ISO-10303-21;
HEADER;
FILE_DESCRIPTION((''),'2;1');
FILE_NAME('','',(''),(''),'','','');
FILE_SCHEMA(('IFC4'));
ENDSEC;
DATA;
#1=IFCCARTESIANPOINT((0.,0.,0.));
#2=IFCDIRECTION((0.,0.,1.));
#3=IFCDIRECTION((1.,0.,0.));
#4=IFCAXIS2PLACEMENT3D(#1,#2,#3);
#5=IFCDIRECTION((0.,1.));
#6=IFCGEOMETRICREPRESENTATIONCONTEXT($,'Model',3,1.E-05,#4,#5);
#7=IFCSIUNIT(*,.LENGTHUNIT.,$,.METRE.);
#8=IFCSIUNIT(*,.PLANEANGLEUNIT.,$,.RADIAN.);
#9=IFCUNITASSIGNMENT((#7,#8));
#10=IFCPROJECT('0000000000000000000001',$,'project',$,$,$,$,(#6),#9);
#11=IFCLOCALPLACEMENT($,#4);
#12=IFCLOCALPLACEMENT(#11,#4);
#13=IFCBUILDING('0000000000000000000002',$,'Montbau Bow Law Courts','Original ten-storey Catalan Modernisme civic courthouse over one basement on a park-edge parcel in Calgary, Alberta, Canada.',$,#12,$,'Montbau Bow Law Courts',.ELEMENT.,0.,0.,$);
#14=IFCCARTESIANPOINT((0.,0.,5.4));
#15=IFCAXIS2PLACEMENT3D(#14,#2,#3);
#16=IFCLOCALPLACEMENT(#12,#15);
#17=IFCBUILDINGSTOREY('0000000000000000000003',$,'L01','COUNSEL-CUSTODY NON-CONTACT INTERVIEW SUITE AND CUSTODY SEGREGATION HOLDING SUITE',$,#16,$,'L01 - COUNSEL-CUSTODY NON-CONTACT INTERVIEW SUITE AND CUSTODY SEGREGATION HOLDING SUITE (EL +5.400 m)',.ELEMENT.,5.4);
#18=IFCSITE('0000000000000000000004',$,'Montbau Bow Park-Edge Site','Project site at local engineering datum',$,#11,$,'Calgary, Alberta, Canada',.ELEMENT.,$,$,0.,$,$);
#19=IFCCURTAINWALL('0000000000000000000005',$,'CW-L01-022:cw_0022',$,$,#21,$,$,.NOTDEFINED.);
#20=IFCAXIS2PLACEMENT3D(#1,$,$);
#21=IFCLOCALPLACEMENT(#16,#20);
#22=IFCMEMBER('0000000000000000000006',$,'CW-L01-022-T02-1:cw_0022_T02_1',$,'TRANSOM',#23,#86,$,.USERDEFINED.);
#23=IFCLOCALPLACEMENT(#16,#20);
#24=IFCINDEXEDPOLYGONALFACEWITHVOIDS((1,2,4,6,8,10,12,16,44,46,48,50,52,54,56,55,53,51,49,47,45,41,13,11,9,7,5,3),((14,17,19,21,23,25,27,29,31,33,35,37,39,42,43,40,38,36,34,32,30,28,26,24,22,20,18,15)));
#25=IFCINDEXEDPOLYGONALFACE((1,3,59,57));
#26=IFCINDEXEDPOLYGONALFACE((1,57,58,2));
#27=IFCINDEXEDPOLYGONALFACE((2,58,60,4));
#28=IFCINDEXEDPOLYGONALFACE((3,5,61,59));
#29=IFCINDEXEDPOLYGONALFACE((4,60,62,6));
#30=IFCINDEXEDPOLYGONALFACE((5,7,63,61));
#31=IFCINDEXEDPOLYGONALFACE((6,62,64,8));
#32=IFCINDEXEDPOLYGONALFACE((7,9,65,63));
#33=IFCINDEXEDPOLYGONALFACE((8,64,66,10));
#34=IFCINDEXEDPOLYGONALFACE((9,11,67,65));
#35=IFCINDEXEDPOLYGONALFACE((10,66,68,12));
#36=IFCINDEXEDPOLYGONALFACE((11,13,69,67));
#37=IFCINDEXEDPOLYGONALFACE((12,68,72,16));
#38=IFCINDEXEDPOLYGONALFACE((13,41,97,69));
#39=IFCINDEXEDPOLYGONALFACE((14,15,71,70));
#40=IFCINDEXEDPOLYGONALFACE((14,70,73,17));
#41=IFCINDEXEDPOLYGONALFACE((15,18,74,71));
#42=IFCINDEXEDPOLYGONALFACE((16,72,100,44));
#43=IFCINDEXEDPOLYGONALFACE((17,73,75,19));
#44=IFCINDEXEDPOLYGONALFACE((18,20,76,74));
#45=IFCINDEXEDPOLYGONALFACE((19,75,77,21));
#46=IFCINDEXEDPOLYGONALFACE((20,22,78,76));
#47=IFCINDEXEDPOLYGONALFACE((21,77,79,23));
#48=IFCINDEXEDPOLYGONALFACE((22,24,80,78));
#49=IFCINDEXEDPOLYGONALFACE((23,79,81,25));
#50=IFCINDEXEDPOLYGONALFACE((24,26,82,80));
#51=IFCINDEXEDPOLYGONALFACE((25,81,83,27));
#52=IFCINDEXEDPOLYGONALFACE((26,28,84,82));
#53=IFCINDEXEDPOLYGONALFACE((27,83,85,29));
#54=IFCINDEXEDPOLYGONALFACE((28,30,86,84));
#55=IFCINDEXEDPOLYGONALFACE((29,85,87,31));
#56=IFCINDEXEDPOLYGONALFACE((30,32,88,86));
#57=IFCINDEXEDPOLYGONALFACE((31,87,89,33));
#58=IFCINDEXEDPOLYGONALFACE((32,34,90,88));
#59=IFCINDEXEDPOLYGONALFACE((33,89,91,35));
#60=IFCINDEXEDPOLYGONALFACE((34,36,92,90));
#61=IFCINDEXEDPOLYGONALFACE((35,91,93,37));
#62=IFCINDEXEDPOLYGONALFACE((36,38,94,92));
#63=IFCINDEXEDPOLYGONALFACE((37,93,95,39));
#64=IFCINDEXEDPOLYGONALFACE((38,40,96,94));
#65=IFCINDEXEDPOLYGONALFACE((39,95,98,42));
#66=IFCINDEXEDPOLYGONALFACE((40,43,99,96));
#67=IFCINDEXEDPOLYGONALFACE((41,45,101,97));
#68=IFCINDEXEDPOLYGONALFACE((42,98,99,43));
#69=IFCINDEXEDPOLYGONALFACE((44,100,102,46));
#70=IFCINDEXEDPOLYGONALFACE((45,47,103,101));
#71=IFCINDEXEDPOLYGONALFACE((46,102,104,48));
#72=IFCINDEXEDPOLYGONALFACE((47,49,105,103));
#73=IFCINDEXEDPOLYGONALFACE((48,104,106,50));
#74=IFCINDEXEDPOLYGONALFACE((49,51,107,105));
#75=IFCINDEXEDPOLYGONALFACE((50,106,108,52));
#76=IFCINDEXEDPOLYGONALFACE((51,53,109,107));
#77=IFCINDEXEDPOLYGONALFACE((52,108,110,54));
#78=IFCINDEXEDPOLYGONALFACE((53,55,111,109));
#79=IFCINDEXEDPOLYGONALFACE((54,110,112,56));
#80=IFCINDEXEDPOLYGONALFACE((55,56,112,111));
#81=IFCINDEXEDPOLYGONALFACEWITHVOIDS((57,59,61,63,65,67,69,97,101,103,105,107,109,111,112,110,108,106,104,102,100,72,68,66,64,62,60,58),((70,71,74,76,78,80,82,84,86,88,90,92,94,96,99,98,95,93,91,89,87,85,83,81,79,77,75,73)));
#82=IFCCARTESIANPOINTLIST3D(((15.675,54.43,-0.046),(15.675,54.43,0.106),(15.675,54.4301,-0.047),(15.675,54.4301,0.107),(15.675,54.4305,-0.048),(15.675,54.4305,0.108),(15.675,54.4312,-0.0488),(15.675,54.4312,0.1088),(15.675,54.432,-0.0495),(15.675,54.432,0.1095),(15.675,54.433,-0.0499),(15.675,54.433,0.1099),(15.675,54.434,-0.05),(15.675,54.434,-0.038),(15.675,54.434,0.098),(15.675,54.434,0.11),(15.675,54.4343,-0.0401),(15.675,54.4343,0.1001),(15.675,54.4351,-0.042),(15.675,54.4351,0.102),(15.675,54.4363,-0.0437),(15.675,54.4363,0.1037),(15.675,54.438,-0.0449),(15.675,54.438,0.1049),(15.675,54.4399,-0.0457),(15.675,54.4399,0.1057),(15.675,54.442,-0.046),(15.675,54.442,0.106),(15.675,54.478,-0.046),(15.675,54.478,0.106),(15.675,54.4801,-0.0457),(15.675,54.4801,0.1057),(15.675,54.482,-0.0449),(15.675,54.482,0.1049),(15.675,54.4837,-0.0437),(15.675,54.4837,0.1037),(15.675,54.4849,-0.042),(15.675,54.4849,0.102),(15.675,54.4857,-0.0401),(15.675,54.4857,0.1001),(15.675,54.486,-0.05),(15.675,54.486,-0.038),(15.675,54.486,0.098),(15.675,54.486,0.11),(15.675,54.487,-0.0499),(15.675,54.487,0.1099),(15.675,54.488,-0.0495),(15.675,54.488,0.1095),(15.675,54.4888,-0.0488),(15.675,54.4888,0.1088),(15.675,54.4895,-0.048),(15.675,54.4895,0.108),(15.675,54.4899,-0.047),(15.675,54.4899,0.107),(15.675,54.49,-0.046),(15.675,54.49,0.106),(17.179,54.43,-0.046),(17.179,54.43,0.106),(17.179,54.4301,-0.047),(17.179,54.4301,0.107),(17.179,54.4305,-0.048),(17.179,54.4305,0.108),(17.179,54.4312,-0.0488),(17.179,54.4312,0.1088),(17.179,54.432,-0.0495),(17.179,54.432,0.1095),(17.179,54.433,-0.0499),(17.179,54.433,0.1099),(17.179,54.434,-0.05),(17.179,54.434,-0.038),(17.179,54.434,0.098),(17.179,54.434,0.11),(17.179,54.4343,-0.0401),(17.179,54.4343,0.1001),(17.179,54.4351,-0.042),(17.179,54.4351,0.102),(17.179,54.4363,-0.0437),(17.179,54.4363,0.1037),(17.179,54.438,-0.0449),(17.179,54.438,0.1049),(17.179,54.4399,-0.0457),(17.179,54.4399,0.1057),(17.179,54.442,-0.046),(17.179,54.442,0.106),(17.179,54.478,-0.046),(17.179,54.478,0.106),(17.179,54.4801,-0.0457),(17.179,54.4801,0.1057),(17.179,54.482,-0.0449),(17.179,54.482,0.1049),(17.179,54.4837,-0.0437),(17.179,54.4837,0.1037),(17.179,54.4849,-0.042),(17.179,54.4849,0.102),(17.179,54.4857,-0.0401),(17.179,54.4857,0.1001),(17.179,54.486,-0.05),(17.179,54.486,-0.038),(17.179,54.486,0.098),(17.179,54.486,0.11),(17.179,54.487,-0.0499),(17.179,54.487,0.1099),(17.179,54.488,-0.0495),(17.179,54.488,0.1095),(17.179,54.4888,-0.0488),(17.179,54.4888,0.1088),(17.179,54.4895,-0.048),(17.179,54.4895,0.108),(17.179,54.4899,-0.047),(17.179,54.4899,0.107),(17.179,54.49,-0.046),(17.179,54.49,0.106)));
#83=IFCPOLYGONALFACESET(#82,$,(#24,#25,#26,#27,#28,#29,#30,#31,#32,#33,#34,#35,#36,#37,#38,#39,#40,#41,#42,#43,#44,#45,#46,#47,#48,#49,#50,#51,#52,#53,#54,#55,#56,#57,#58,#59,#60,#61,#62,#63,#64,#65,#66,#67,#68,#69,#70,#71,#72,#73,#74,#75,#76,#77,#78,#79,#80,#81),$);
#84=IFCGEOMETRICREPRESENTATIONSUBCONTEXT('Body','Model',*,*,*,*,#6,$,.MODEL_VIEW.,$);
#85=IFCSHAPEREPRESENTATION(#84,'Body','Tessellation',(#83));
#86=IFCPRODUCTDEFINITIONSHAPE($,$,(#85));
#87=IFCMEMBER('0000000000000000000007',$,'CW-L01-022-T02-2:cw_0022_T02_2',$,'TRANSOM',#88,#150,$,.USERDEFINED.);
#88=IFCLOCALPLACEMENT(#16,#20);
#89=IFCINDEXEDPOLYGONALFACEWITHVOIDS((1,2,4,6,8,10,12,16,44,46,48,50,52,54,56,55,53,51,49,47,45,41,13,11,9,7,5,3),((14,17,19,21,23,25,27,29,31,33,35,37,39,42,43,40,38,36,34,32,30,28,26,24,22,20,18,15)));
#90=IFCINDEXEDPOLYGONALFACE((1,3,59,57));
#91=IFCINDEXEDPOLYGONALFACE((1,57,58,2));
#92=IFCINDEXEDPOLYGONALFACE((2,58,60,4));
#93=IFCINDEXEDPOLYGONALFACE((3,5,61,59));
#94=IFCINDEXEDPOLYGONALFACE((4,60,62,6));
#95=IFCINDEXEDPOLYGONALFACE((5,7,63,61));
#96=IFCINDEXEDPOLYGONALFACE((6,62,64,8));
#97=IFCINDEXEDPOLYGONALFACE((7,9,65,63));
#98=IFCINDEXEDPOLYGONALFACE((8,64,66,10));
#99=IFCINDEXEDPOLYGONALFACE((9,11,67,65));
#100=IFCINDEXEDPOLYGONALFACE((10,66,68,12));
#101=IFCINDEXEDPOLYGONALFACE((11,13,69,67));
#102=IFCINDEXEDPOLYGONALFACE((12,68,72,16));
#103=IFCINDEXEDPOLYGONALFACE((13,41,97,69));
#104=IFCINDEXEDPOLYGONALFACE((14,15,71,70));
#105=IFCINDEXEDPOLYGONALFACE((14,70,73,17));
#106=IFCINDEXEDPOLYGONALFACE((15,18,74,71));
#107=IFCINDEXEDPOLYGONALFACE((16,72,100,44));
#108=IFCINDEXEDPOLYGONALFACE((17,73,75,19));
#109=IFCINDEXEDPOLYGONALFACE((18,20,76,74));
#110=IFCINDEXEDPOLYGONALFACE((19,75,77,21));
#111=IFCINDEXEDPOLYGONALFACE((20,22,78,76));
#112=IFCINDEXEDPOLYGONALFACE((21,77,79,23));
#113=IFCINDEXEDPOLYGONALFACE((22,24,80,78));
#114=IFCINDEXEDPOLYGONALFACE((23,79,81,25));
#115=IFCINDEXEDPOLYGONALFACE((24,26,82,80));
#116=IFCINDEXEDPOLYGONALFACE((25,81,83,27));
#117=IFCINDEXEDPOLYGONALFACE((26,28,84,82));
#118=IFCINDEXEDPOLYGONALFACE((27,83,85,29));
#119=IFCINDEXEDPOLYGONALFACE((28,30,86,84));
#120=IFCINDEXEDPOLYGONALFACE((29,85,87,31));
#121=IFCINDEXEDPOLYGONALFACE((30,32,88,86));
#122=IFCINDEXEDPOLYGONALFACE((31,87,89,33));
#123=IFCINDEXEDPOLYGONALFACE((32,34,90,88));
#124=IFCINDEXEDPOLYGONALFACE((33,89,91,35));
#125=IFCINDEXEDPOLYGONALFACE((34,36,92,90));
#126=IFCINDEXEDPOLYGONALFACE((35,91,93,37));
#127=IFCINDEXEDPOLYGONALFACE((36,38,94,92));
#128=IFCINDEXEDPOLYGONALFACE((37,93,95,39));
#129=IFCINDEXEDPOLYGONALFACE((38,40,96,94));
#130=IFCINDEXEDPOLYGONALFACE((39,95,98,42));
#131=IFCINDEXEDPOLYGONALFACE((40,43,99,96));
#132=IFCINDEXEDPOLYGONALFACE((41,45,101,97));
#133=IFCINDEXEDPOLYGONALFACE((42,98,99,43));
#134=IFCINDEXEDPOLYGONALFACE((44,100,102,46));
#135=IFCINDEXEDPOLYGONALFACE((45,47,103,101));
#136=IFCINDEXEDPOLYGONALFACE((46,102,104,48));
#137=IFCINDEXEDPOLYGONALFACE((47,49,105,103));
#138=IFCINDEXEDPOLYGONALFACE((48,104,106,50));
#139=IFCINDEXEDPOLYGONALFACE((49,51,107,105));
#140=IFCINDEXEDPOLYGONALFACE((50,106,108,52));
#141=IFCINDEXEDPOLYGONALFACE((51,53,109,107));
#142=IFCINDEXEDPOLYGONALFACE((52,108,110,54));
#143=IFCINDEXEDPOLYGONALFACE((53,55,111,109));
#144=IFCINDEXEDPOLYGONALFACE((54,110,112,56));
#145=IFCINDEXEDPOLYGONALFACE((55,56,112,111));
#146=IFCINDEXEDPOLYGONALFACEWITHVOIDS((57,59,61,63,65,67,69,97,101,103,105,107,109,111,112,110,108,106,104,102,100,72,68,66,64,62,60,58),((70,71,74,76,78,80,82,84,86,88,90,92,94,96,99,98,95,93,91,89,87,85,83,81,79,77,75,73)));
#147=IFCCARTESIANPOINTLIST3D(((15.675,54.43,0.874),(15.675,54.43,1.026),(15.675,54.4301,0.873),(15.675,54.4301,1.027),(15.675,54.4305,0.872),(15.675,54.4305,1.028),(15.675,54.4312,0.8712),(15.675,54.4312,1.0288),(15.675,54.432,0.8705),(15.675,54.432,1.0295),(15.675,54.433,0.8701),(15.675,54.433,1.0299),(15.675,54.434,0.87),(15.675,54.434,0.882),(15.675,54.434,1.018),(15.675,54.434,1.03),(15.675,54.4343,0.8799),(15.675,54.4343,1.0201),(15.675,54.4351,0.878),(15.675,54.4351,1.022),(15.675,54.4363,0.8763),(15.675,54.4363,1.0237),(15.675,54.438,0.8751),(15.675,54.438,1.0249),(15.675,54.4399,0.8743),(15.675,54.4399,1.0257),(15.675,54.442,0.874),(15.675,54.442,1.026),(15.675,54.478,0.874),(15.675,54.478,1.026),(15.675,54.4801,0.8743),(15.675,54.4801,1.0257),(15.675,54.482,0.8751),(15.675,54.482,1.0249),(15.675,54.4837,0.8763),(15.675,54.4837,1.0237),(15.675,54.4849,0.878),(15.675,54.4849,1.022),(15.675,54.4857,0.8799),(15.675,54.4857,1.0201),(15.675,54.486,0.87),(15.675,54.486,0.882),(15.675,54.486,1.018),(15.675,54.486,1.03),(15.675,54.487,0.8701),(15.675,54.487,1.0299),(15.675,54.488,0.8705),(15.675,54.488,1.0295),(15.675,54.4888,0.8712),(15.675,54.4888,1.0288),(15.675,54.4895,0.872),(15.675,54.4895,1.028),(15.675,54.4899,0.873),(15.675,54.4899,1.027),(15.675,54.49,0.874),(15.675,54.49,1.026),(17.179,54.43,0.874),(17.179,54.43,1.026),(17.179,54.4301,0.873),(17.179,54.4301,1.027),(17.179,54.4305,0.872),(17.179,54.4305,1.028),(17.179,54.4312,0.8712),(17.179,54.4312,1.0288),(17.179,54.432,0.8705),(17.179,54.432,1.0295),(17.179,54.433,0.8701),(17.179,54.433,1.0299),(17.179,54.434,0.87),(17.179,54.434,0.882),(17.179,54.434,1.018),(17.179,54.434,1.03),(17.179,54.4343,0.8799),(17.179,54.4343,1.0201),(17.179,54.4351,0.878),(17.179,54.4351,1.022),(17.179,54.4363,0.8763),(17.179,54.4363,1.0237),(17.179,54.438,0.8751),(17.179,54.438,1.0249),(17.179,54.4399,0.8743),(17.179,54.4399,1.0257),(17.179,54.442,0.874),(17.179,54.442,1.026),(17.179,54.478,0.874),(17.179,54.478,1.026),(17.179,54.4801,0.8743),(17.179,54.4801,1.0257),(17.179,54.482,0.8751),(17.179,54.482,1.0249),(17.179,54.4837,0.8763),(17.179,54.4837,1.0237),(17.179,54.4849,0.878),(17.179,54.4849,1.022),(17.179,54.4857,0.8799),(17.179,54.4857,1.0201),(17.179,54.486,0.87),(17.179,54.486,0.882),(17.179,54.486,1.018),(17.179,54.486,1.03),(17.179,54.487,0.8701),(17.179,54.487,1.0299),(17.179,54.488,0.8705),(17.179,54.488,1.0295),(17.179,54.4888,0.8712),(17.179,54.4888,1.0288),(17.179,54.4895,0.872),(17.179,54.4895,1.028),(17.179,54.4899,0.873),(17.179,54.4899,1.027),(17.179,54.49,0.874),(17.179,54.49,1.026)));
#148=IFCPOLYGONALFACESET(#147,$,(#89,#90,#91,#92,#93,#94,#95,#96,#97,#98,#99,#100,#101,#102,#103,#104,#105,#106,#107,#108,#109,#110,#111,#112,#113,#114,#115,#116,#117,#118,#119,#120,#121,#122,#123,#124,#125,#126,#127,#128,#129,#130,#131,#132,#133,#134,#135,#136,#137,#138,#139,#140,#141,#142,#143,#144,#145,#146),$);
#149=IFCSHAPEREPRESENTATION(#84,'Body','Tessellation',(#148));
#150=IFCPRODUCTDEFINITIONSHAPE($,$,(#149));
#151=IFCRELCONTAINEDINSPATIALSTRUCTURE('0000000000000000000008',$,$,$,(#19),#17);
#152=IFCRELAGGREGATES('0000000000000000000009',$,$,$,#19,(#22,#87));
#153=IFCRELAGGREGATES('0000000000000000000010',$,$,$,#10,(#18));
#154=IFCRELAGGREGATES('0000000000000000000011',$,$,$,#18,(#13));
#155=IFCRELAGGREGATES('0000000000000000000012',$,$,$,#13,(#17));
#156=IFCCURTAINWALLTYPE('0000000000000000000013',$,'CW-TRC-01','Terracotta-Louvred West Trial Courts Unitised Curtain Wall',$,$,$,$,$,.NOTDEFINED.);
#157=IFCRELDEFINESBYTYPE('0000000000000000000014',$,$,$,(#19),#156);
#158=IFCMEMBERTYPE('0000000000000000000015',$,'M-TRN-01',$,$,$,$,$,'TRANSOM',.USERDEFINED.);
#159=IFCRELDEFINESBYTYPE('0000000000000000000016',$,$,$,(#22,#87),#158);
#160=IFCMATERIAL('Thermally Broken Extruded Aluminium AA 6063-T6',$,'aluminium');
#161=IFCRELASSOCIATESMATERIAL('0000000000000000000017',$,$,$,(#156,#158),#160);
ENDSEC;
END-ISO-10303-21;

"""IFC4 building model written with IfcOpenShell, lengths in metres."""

from ifc_helpers import new_model, si_unit, direction, frame, origin_with_axes, origin_2d_with_axis, place, context, subcontext, project, spatial, hollow_rectangle, extrude, material, material_profile, profile_set, type_object, element, aggregate, save


model = new_model("IFC4")

# Units and contexts
model_context = context("Model", 3, precision=1e-05, world=origin_with_axes(), true_north=direction((0.0, 1.0)))
body_context = subcontext(model_context, "Body", "Model", "MODEL_VIEW")
ifc_project = project(units=[si_unit("LENGTHUNIT", "METRE"), si_unit("PLANEANGLEUNIT", "RADIAN")], contexts=[model_context])

# Site, building, storey
site_placement = place(None, origin_with_axes())
site = spatial("IfcSite", under=ifc_project, at=site_placement, Name="Montbau Bow Park-Edge Site", Description="Project site at local engineering datum", LongName="Calgary, Alberta, Canada", CompositionType="ELEMENT", RefElevation=0.0)
building_placement = place(site_placement, origin_with_axes())
building = spatial("IfcBuilding", under=site, at=building_placement, Name="Montbau Bow Law Courts", Description="Original ten-storey Catalan Modernisme civic courthouse over one basement on a park-edge parcel in Calgary, Alberta, Canada.", LongName="Montbau Bow Law Courts", CompositionType="ELEMENT", ElevationOfRefHeight=0.0, ElevationOfTerrain=0.0)
storey_placement = place(building_placement, frame((0.0, 0.0, 5.4), z_axis=(0.0, 0.0, 1.0), x_axis=(1.0, 0.0, 0.0)))
storey = spatial("IfcBuildingStorey", under=building, at=storey_placement, Name="L01", Description="COUNSEL-CUSTODY NON-CONTACT INTERVIEW SUITE AND CUSTODY SEGREGATION HOLDING SUITE", LongName="L01 - COUNSEL-CUSTODY NON-CONTACT INTERVIEW SUITE AND CUSTODY SEGREGATION HOLDING SUITE (EL +5.400 m)", CompositionType="ELEMENT", Elevation=5.4)

# Curtain wall, members
ifc_material_1 = material(Name="Thermally Broken Extruded Aluminium AA 6063-T6", Category="aluminium")
curtain_wall_type = type_object("IfcCurtainWallType", Name="CW-TRC-01", Description="Terracotta-Louvred West Trial Courts Unitised Curtain Wall", PredefinedType="NOTDEFINED", material=ifc_material_1)
curtain_wall_placement = place(None, frame((14.068, 54.46, 5.4), z_axis=(0.0, 0.0, 1.0), x_axis=(1.0, 0.0, 0.0)))
curtain_wall = element("IfcCurtainWall", 1, at=curtain_wall_placement, inside=storey, type_object=curtain_wall_type, Name="CW-L01-022:cw_0022", PredefinedType="NOTDEFINED")
ifc_material_profile_1 = material_profile(ifc_material_1, hollow_rectangle(XDim=0.06, YDim=0.16, WallThickness=0.004, InnerFilletRadius=0.008, OuterFilletRadius=0.004, at=origin_2d_with_axis()), Name="CWT-160X60", Category="Main", Priority=0)
ifc_profile_set_1 = profile_set([ifc_material_profile_1], Name="Thermally Broken Extruded Aluminium AA 6063-T6")
member_type_1 = type_object("IfcMemberType", Name="M-TRN-01", ElementType="TRANSOM", PredefinedType="USERDEFINED", material=ifc_profile_set_1)
member_1_placement = place(None, frame((15.675, 54.46, 5.43), z_axis=(1.0, 0.0, 0.0), x_axis=(0.0, 1.0, 0.0)))
member_1 = element("IfcMember", 2, at=member_1_placement, type_object=member_type_1, Name="CW-L01-022-T02-1:cw_0022_T02_1", ObjectType="TRANSOM", PredefinedType="USERDEFINED", context=body_context, shape_type="SweptSolid", body=[
    extrude(hollow_rectangle(XDim=0.06, YDim=0.16, WallThickness=0.004, InnerFilletRadius=0.008, OuterFilletRadius=0.004, at=origin_2d_with_axis()), origin_with_axes(), (0.0, 0.0, 1.0), 1.504),
])
member_2_placement = place(None, frame((15.675, 54.46, 6.35), z_axis=(1.0, 0.0, 0.0), x_axis=(0.0, 1.0, 0.0)))
member_2 = element("IfcMember", 3, at=member_2_placement, type_object=member_type_1, Name="CW-L01-022-T02-2:cw_0022_T02_2", ObjectType="TRANSOM", PredefinedType="USERDEFINED", context=body_context, shape_type="SweptSolid", body=[
    extrude(hollow_rectangle(XDim=0.06, YDim=0.16, WallThickness=0.004, InnerFilletRadius=0.008, OuterFilletRadius=0.004, at=origin_2d_with_axis()), origin_with_axes(), (0.0, 0.0, 1.0), 1.504),
])
aggregate(curtain_wall, [member_1, member_2])

save(model, "model.ifc")
